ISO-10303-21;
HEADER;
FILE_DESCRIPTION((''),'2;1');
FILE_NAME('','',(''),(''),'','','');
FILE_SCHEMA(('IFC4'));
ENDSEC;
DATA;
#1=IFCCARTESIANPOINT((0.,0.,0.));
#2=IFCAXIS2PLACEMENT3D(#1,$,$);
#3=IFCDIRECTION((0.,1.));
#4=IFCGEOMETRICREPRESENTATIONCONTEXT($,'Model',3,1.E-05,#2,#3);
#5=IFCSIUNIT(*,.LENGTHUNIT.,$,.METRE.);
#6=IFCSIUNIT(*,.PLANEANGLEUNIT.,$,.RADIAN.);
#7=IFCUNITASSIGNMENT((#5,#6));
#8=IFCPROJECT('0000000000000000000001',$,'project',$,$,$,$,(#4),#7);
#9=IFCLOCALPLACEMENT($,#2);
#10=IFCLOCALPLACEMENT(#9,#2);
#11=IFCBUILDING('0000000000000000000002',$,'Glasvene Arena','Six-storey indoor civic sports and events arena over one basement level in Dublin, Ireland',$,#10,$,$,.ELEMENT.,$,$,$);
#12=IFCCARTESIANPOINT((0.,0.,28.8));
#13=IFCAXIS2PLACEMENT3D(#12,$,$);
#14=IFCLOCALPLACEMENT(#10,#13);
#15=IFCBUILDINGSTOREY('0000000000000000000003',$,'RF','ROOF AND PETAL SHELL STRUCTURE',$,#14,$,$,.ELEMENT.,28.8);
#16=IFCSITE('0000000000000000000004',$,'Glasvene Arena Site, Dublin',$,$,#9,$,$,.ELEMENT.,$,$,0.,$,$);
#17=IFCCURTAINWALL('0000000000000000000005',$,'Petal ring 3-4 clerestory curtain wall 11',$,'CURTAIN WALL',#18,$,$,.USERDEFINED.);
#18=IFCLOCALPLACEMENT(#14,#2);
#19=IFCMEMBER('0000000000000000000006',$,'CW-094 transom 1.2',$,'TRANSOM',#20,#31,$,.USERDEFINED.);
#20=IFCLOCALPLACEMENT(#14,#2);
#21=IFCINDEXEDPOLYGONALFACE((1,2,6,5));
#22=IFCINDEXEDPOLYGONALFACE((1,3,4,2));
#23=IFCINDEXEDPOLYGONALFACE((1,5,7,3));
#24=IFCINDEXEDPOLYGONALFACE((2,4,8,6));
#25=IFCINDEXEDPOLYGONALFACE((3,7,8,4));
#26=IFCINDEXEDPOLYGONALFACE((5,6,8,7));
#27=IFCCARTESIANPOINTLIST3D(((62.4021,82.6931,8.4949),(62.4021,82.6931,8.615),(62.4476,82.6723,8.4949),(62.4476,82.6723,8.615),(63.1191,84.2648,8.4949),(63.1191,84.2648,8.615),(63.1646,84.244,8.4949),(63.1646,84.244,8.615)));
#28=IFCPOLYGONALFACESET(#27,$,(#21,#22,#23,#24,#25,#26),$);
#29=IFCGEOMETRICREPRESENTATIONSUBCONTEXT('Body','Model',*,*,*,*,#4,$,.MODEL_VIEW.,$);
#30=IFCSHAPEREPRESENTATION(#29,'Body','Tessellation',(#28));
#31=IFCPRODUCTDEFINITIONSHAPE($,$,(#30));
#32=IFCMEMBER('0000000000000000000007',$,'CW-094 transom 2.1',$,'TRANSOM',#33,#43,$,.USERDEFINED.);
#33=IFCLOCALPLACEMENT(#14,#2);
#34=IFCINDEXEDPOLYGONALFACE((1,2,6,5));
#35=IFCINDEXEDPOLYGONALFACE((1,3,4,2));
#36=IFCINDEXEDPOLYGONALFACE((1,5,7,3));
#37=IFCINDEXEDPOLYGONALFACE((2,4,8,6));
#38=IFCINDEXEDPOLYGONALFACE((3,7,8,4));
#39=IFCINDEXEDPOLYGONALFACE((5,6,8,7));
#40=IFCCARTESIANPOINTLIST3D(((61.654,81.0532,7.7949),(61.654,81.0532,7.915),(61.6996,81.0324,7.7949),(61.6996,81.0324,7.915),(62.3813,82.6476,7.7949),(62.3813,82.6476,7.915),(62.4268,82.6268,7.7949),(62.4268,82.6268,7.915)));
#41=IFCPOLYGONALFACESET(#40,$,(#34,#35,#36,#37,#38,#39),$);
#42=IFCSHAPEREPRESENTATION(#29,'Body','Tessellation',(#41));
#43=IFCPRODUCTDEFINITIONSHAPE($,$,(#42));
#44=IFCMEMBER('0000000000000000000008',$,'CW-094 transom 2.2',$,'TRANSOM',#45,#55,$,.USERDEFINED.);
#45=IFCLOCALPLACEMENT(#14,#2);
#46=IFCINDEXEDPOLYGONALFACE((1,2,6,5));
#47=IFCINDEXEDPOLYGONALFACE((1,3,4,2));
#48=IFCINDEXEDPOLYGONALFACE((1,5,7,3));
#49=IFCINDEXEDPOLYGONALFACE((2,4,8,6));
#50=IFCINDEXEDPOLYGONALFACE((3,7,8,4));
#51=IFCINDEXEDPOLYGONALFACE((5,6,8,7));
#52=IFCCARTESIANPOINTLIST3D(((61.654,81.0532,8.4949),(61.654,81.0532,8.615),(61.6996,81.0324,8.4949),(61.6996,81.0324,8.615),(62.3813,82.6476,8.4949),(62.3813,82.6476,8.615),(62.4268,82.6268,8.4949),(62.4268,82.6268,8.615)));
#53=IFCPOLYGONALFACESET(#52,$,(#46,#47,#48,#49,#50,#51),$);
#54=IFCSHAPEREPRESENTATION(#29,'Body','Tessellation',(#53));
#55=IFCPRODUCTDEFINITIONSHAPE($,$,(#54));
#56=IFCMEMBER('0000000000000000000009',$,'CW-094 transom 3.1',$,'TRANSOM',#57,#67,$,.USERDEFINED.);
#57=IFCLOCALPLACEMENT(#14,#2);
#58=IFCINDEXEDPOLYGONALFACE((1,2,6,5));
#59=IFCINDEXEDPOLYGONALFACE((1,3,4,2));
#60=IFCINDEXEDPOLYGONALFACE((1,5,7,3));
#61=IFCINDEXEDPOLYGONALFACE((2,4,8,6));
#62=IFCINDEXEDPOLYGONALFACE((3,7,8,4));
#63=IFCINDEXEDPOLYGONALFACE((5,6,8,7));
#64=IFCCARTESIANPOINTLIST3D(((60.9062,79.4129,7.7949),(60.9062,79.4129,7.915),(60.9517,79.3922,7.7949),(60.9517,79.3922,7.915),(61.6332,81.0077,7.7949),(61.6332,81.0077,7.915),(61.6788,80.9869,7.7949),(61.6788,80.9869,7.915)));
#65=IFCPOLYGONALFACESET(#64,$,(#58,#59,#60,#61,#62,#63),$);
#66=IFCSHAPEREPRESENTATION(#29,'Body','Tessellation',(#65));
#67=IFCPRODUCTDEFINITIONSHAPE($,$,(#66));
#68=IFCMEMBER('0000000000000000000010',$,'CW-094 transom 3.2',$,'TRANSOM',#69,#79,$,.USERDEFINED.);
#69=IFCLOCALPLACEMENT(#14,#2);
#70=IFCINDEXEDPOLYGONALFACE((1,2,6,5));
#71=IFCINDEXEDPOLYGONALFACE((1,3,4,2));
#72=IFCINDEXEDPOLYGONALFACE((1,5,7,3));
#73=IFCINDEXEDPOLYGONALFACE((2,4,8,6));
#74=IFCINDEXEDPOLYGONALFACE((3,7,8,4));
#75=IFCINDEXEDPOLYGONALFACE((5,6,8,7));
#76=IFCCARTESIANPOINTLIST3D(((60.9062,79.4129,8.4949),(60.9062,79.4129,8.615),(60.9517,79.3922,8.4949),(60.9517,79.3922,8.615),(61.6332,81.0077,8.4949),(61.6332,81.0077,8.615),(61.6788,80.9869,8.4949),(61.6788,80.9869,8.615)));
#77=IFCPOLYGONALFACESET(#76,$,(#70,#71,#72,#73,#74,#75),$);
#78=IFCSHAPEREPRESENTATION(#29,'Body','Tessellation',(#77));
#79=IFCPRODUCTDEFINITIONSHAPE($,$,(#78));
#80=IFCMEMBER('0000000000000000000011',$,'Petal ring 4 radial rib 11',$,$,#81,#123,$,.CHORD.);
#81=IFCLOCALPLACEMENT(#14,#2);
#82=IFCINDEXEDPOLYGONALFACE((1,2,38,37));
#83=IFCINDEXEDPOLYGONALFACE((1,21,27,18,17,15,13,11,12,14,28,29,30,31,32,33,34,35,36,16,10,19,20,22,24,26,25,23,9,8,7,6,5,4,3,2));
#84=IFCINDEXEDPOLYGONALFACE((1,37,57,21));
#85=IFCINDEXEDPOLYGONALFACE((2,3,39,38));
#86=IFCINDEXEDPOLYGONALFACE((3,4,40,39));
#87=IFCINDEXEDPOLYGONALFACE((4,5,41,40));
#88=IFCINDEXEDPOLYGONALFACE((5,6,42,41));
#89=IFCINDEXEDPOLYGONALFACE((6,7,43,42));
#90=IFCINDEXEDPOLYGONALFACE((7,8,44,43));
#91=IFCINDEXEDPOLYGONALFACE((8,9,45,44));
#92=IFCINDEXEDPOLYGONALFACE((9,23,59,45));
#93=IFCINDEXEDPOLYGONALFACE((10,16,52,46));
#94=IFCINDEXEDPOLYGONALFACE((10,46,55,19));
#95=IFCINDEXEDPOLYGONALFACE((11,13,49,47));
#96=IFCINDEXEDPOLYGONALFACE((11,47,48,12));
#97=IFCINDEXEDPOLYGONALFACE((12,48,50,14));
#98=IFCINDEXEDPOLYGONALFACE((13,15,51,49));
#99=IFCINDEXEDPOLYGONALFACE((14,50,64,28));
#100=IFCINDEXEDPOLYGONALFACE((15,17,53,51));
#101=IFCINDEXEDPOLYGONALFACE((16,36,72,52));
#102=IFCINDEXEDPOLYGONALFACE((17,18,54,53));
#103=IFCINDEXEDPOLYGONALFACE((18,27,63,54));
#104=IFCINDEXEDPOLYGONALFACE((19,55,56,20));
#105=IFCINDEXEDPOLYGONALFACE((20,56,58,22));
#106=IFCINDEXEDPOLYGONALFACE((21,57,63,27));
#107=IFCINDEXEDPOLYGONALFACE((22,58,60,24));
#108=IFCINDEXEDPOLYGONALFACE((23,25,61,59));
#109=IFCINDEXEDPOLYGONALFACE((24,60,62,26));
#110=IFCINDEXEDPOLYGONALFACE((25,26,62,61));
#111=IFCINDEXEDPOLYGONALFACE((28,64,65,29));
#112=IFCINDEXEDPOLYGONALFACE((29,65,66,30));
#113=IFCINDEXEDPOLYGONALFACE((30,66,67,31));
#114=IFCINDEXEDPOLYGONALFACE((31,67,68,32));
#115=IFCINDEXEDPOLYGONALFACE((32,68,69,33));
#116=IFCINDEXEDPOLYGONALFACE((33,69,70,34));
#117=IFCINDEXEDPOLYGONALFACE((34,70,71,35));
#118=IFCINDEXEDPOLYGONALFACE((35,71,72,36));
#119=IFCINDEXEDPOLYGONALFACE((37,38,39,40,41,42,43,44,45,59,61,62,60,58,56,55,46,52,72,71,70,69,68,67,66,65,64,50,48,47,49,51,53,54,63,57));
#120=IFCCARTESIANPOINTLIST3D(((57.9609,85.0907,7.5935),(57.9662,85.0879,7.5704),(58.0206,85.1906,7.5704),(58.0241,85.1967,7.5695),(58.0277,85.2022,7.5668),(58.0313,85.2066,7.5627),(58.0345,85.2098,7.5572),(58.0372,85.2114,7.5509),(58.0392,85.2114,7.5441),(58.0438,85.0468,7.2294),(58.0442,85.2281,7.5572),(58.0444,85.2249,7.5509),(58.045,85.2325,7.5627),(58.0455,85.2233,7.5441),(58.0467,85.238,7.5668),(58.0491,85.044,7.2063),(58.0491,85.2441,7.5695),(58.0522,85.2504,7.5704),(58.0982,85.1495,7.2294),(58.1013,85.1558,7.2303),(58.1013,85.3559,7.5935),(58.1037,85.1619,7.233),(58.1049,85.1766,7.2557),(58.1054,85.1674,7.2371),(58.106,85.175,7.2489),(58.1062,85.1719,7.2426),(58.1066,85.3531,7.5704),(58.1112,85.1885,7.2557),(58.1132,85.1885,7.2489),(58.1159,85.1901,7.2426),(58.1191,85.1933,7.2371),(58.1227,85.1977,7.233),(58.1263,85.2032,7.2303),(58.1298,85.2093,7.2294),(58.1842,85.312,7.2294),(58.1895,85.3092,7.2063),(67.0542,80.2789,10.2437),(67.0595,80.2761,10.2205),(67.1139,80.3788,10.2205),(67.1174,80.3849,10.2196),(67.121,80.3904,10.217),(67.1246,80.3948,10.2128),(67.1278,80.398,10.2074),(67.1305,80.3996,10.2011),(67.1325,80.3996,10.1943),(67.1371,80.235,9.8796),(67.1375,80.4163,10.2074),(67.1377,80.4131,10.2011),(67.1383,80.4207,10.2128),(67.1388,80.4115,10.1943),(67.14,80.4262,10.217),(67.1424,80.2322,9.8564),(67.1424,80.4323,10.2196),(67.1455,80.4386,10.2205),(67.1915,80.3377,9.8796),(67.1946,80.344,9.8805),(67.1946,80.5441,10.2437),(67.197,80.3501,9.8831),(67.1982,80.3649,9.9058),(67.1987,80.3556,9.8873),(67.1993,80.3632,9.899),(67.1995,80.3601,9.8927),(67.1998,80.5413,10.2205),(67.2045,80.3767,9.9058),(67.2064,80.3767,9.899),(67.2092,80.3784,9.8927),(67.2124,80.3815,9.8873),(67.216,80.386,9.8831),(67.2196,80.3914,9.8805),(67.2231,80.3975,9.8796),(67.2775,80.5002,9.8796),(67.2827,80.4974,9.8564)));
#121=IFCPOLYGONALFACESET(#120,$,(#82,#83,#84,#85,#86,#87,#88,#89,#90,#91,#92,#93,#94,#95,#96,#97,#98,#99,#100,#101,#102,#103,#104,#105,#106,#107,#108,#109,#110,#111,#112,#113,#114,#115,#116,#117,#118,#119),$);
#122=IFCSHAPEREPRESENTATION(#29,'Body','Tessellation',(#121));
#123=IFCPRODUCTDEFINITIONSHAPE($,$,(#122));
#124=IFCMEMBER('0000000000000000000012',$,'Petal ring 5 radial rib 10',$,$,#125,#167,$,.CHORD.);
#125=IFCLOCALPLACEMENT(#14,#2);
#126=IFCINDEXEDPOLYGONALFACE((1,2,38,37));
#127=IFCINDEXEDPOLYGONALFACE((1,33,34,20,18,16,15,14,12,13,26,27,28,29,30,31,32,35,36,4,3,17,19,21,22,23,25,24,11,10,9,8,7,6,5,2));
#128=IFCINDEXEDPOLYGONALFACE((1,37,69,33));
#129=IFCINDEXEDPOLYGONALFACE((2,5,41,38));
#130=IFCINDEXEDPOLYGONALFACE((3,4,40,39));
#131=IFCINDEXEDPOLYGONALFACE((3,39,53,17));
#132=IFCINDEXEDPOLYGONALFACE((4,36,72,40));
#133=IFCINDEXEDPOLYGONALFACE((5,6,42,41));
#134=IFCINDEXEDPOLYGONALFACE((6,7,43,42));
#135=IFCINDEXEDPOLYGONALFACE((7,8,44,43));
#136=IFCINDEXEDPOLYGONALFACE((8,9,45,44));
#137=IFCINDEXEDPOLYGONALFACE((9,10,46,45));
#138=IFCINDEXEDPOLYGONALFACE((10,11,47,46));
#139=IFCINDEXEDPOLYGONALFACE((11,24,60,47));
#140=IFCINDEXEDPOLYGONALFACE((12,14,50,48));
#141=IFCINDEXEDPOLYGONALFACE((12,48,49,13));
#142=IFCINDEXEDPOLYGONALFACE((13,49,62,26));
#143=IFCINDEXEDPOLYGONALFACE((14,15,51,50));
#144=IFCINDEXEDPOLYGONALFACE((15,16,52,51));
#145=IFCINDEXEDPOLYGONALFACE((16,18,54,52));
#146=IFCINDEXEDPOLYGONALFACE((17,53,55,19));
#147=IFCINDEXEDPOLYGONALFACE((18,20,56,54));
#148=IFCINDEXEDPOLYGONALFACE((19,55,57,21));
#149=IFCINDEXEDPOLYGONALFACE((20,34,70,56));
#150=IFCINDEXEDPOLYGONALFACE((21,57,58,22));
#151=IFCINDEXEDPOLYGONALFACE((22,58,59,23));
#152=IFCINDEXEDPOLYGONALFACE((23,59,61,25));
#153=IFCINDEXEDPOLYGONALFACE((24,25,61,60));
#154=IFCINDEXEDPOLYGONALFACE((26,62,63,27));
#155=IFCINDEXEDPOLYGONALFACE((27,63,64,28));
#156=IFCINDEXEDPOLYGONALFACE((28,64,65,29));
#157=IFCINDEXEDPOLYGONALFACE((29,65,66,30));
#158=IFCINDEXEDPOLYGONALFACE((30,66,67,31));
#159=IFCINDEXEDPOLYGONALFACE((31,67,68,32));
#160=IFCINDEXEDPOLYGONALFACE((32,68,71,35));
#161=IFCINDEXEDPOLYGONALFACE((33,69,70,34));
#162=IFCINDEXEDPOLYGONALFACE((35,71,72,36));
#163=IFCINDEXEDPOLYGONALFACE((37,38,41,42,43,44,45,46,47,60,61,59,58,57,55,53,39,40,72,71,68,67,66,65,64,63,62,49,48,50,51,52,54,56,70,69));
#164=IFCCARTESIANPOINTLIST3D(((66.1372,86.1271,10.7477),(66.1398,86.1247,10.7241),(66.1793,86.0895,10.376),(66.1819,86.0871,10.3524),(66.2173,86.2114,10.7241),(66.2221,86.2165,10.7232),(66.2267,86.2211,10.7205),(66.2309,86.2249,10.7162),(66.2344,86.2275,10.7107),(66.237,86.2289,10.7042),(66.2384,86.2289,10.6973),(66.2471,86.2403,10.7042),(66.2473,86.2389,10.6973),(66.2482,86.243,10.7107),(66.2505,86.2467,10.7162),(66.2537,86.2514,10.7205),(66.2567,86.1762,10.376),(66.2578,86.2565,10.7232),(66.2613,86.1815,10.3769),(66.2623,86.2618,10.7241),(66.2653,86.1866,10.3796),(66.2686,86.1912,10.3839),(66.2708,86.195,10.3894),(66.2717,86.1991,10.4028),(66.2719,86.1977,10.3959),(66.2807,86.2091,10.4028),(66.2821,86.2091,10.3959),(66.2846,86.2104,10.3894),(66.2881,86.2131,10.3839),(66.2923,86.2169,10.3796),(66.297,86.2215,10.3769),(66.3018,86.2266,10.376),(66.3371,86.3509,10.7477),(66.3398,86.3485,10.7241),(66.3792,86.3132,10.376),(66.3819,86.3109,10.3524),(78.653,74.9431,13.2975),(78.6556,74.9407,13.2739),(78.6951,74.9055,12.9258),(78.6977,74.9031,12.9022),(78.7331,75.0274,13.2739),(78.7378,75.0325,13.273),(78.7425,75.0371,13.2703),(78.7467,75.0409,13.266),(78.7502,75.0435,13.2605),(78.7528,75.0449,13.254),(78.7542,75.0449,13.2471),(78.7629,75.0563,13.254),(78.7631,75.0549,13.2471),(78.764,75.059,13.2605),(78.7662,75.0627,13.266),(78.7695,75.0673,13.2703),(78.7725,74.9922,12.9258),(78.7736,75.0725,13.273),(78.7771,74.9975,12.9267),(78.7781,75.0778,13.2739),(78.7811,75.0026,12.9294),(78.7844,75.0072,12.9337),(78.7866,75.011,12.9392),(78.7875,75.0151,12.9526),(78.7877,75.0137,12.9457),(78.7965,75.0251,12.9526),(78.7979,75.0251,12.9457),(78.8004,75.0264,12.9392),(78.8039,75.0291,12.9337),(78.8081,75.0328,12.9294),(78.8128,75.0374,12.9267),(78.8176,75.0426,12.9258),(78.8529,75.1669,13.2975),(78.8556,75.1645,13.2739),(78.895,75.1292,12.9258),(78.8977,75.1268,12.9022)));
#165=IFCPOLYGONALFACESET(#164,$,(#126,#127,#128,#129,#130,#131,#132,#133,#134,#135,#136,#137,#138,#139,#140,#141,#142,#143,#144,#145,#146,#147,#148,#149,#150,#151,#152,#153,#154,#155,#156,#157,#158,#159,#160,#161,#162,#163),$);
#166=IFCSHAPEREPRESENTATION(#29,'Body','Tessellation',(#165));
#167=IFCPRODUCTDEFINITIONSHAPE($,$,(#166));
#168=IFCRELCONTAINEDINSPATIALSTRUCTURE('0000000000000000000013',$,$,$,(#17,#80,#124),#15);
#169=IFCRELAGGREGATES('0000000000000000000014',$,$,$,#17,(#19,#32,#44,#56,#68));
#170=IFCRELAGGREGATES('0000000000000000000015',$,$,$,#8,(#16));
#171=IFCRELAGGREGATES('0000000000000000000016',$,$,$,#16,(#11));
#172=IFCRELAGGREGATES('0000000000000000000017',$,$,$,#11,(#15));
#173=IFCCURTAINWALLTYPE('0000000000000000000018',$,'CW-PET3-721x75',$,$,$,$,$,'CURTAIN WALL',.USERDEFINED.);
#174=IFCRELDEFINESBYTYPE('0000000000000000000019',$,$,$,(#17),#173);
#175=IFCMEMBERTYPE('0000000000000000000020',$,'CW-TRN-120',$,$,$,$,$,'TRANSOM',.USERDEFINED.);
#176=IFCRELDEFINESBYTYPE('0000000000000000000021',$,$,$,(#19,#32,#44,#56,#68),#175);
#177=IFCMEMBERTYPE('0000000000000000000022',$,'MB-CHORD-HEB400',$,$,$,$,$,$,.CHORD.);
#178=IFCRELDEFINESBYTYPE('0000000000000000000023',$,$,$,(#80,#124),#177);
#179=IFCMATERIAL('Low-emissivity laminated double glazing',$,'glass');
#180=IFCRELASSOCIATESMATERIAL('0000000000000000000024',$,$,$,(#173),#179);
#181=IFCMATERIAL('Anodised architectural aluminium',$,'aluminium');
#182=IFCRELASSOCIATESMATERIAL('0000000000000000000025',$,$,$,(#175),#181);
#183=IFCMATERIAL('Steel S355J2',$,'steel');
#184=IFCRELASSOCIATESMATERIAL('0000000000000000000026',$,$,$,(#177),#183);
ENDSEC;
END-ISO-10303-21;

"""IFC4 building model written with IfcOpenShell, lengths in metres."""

from ifc_helpers import new_model, si_unit, direction, frame, origin, origin_2d, place, context, subcontext, project, spatial, rectangle, i_section, extrude, material, material_profile, profile_set, type_object, element, aggregate, save


model = new_model("IFC4")

# Units and contexts
model_context = context("Model", 3, precision=1e-05, world=origin(), true_north=direction((0.0, 1.0)))
body_context = subcontext(model_context, "Body", "Model", "MODEL_VIEW")
ifc_project = project(units=[si_unit("LENGTHUNIT", "METRE"), si_unit("PLANEANGLEUNIT", "RADIAN")], contexts=[model_context])

# Site, building, storey
site_placement = place(None, origin())
site = spatial("IfcSite", under=ifc_project, at=site_placement, Name="Glasvene Arena Site, Dublin", CompositionType="ELEMENT", RefElevation=0.0)
building_placement = place(site_placement, origin())
building = spatial("IfcBuilding", under=site, at=building_placement, Name="Glasvene Arena", Description="Six-storey indoor civic sports and events arena over one basement level in Dublin, Ireland", CompositionType="ELEMENT")
storey_placement = place(building_placement, frame((0.0, 0.0, 28.8)))
storey = spatial("IfcBuildingStorey", under=building, at=storey_placement, Name="RF", Description="ROOF AND PETAL SHELL STRUCTURE", CompositionType="ELEMENT", Elevation=28.8)

# Curtain wall
ifc_material_1 = material(Name="Low-emissivity laminated double glazing", Category="glass")
ifc_material_2 = material(Name="Anodised architectural aluminium", Category="aluminium")
curtain_wall_type_1 = type_object("IfcCurtainWallType", Name="CW-PET3-721x75", ElementType="CURTAIN WALL", PredefinedType="USERDEFINED", material=ifc_material_1)
curtain_wall_1_placement = place(storey_placement, frame((63.1626, 84.3, 0.0)))
curtain_wall_1 = element("IfcCurtainWall", 1, at=curtain_wall_1_placement, inside=storey, type_object=curtain_wall_type_1, Name="Petal ring 3-4 clerestory curtain wall 11", ObjectType="CURTAIN WALL", PredefinedType="USERDEFINED")
ifc_material_profile_1 = material_profile(ifc_material_2, rectangle(XDim=0.05, YDim=0.1201, at=origin_2d()), Name="ALU TRANSOM 50x120")
ifc_profile_set_1 = profile_set([ifc_material_profile_1], Name="Anodised architectural aluminium")
member_type_1 = type_object("IfcMemberType", Name="CW-TRN-120", ElementType="TRANSOM", PredefinedType="USERDEFINED", material=ifc_profile_set_1)

# Members
member_1_placement = place(storey_placement, frame((63.1418, 84.2544, 8.5549), z_axis=(-0.415048, -0.909799, 0.0), x_axis=(0.909799, -0.415048, 0.0)))
member_1 = element("IfcMember", 2, at=member_1_placement, type_object=member_type_1, Name="CW-094 transom 1.2", ObjectType="TRANSOM", PredefinedType="USERDEFINED", context=body_context, shape_type="SweptSolid", body=[
    extrude(rectangle(XDim=0.05, YDim=0.1201, at=origin_2d()), origin(), (0.0, 0.0, 1.0), 1.7275),
])
member_2_placement = place(storey_placement, frame((62.4041, 82.6372, 7.855), z_axis=(-0.414999, -0.909822, 0.0), x_axis=(0.909822, -0.414999, 0.0)))
member_2 = element("IfcMember", 3, at=member_2_placement, type_object=member_type_1, Name="CW-094 transom 2.1", ObjectType="TRANSOM", PredefinedType="USERDEFINED", context=body_context, shape_type="SweptSolid", body=[
    extrude(rectangle(XDim=0.05, YDim=0.1201, at=origin_2d()), origin(), (0.0, 0.0, 1.0), 1.7524),
])
member_3_placement = place(storey_placement, frame((62.4041, 82.6372, 8.5549), z_axis=(-0.414999, -0.909822, 0.0), x_axis=(0.909822, -0.414999, 0.0)))
member_3 = element("IfcMember", 4, at=member_3_placement, type_object=member_type_1, Name="CW-094 transom 2.2", ObjectType="TRANSOM", PredefinedType="USERDEFINED", context=body_context, shape_type="SweptSolid", body=[
    extrude(rectangle(XDim=0.05, YDim=0.1201, at=origin_2d()), origin(), (0.0, 0.0, 1.0), 1.7524),
])
member_4_placement = place(storey_placement, frame((61.656, 80.9973, 7.855), z_axis=(-0.414831, -0.909898, 0.0), x_axis=(0.909898, -0.414831, 0.0)))
member_4 = element("IfcMember", 5, at=member_4_placement, type_object=member_type_1, Name="CW-094 transom 3.1", ObjectType="TRANSOM", PredefinedType="USERDEFINED", context=body_context, shape_type="SweptSolid", body=[
    extrude(rectangle(XDim=0.05, YDim=0.1201, at=origin_2d()), origin(), (0.0, 0.0, 1.0), 1.7527),
])
member_5_placement = place(storey_placement, frame((61.656, 80.9973, 8.5549), z_axis=(-0.414831, -0.909898, 0.0), x_axis=(0.909898, -0.414831, 0.0)))
member_5 = element("IfcMember", 6, at=member_5_placement, type_object=member_type_1, Name="CW-094 transom 3.2", ObjectType="TRANSOM", PredefinedType="USERDEFINED", context=body_context, shape_type="SweptSolid", body=[
    extrude(rectangle(XDim=0.05, YDim=0.1201, at=origin_2d()), origin(), (0.0, 0.0, 1.0), 1.7527),
])

# Members
ifc_material_3 = material(Name="Steel S355J2", Category="steel")
ifc_material_profile_2 = material_profile(ifc_material_3, i_section(OverallWidth=0.3, OverallDepth=0.3999, WebThickness=0.0134, FlangeThickness=0.0239, FilletRadius=0.0271, at=origin_2d()), Name="HEB 400")
ifc_profile_set_2 = profile_set([ifc_material_profile_2], Name="Steel S355J2")
member_type_2 = type_object("IfcMemberType", Name="MB-CHORD-HEB400", PredefinedType="CHORD", material=ifc_profile_set_2)
member_6_placement = place(storey_placement, frame((58.0752, 85.2, 7.3999), z_axis=(0.855938, -0.452926, 0.249455), x_axis=(0.467712, 0.883881, 0.0)))
element("IfcMember", 7, at=member_6_placement, inside=storey, type_object=member_type_2, Name="Petal ring 4 radial rib 11", PredefinedType="CHORD", context=body_context, shape_type="SweptSolid", body=[
    extrude(i_section(OverallWidth=0.3, OverallDepth=0.3999, WebThickness=0.0134, FlangeThickness=0.0239, FilletRadius=0.0271, at=origin_2d()), origin(), (0.0, 0.0, 1.0), 10.6238),
])
member_7_placement = place(storey_placement, frame((66.2595, 86.219, 10.55), z_axis=(0.737208, -0.658763, 0.150188), x_axis=(0.666321, 0.745665, 0.0)))
element("IfcMember", 8, at=member_7_placement, inside=storey, type_object=member_type_2, Name="Petal ring 5 radial rib 10", PredefinedType="CHORD", context=body_context, shape_type="SweptSolid", body=[
    extrude(i_section(OverallWidth=0.3, OverallDepth=0.3999, WebThickness=0.0134, FlangeThickness=0.0239, FilletRadius=0.0271, at=origin_2d()), origin(), (0.0, 0.0, 1.0), 16.9773),
])

aggregate(curtain_wall_1, [member_1, member_2, member_3, member_4, member_5])

save(model, "model.ifc")
